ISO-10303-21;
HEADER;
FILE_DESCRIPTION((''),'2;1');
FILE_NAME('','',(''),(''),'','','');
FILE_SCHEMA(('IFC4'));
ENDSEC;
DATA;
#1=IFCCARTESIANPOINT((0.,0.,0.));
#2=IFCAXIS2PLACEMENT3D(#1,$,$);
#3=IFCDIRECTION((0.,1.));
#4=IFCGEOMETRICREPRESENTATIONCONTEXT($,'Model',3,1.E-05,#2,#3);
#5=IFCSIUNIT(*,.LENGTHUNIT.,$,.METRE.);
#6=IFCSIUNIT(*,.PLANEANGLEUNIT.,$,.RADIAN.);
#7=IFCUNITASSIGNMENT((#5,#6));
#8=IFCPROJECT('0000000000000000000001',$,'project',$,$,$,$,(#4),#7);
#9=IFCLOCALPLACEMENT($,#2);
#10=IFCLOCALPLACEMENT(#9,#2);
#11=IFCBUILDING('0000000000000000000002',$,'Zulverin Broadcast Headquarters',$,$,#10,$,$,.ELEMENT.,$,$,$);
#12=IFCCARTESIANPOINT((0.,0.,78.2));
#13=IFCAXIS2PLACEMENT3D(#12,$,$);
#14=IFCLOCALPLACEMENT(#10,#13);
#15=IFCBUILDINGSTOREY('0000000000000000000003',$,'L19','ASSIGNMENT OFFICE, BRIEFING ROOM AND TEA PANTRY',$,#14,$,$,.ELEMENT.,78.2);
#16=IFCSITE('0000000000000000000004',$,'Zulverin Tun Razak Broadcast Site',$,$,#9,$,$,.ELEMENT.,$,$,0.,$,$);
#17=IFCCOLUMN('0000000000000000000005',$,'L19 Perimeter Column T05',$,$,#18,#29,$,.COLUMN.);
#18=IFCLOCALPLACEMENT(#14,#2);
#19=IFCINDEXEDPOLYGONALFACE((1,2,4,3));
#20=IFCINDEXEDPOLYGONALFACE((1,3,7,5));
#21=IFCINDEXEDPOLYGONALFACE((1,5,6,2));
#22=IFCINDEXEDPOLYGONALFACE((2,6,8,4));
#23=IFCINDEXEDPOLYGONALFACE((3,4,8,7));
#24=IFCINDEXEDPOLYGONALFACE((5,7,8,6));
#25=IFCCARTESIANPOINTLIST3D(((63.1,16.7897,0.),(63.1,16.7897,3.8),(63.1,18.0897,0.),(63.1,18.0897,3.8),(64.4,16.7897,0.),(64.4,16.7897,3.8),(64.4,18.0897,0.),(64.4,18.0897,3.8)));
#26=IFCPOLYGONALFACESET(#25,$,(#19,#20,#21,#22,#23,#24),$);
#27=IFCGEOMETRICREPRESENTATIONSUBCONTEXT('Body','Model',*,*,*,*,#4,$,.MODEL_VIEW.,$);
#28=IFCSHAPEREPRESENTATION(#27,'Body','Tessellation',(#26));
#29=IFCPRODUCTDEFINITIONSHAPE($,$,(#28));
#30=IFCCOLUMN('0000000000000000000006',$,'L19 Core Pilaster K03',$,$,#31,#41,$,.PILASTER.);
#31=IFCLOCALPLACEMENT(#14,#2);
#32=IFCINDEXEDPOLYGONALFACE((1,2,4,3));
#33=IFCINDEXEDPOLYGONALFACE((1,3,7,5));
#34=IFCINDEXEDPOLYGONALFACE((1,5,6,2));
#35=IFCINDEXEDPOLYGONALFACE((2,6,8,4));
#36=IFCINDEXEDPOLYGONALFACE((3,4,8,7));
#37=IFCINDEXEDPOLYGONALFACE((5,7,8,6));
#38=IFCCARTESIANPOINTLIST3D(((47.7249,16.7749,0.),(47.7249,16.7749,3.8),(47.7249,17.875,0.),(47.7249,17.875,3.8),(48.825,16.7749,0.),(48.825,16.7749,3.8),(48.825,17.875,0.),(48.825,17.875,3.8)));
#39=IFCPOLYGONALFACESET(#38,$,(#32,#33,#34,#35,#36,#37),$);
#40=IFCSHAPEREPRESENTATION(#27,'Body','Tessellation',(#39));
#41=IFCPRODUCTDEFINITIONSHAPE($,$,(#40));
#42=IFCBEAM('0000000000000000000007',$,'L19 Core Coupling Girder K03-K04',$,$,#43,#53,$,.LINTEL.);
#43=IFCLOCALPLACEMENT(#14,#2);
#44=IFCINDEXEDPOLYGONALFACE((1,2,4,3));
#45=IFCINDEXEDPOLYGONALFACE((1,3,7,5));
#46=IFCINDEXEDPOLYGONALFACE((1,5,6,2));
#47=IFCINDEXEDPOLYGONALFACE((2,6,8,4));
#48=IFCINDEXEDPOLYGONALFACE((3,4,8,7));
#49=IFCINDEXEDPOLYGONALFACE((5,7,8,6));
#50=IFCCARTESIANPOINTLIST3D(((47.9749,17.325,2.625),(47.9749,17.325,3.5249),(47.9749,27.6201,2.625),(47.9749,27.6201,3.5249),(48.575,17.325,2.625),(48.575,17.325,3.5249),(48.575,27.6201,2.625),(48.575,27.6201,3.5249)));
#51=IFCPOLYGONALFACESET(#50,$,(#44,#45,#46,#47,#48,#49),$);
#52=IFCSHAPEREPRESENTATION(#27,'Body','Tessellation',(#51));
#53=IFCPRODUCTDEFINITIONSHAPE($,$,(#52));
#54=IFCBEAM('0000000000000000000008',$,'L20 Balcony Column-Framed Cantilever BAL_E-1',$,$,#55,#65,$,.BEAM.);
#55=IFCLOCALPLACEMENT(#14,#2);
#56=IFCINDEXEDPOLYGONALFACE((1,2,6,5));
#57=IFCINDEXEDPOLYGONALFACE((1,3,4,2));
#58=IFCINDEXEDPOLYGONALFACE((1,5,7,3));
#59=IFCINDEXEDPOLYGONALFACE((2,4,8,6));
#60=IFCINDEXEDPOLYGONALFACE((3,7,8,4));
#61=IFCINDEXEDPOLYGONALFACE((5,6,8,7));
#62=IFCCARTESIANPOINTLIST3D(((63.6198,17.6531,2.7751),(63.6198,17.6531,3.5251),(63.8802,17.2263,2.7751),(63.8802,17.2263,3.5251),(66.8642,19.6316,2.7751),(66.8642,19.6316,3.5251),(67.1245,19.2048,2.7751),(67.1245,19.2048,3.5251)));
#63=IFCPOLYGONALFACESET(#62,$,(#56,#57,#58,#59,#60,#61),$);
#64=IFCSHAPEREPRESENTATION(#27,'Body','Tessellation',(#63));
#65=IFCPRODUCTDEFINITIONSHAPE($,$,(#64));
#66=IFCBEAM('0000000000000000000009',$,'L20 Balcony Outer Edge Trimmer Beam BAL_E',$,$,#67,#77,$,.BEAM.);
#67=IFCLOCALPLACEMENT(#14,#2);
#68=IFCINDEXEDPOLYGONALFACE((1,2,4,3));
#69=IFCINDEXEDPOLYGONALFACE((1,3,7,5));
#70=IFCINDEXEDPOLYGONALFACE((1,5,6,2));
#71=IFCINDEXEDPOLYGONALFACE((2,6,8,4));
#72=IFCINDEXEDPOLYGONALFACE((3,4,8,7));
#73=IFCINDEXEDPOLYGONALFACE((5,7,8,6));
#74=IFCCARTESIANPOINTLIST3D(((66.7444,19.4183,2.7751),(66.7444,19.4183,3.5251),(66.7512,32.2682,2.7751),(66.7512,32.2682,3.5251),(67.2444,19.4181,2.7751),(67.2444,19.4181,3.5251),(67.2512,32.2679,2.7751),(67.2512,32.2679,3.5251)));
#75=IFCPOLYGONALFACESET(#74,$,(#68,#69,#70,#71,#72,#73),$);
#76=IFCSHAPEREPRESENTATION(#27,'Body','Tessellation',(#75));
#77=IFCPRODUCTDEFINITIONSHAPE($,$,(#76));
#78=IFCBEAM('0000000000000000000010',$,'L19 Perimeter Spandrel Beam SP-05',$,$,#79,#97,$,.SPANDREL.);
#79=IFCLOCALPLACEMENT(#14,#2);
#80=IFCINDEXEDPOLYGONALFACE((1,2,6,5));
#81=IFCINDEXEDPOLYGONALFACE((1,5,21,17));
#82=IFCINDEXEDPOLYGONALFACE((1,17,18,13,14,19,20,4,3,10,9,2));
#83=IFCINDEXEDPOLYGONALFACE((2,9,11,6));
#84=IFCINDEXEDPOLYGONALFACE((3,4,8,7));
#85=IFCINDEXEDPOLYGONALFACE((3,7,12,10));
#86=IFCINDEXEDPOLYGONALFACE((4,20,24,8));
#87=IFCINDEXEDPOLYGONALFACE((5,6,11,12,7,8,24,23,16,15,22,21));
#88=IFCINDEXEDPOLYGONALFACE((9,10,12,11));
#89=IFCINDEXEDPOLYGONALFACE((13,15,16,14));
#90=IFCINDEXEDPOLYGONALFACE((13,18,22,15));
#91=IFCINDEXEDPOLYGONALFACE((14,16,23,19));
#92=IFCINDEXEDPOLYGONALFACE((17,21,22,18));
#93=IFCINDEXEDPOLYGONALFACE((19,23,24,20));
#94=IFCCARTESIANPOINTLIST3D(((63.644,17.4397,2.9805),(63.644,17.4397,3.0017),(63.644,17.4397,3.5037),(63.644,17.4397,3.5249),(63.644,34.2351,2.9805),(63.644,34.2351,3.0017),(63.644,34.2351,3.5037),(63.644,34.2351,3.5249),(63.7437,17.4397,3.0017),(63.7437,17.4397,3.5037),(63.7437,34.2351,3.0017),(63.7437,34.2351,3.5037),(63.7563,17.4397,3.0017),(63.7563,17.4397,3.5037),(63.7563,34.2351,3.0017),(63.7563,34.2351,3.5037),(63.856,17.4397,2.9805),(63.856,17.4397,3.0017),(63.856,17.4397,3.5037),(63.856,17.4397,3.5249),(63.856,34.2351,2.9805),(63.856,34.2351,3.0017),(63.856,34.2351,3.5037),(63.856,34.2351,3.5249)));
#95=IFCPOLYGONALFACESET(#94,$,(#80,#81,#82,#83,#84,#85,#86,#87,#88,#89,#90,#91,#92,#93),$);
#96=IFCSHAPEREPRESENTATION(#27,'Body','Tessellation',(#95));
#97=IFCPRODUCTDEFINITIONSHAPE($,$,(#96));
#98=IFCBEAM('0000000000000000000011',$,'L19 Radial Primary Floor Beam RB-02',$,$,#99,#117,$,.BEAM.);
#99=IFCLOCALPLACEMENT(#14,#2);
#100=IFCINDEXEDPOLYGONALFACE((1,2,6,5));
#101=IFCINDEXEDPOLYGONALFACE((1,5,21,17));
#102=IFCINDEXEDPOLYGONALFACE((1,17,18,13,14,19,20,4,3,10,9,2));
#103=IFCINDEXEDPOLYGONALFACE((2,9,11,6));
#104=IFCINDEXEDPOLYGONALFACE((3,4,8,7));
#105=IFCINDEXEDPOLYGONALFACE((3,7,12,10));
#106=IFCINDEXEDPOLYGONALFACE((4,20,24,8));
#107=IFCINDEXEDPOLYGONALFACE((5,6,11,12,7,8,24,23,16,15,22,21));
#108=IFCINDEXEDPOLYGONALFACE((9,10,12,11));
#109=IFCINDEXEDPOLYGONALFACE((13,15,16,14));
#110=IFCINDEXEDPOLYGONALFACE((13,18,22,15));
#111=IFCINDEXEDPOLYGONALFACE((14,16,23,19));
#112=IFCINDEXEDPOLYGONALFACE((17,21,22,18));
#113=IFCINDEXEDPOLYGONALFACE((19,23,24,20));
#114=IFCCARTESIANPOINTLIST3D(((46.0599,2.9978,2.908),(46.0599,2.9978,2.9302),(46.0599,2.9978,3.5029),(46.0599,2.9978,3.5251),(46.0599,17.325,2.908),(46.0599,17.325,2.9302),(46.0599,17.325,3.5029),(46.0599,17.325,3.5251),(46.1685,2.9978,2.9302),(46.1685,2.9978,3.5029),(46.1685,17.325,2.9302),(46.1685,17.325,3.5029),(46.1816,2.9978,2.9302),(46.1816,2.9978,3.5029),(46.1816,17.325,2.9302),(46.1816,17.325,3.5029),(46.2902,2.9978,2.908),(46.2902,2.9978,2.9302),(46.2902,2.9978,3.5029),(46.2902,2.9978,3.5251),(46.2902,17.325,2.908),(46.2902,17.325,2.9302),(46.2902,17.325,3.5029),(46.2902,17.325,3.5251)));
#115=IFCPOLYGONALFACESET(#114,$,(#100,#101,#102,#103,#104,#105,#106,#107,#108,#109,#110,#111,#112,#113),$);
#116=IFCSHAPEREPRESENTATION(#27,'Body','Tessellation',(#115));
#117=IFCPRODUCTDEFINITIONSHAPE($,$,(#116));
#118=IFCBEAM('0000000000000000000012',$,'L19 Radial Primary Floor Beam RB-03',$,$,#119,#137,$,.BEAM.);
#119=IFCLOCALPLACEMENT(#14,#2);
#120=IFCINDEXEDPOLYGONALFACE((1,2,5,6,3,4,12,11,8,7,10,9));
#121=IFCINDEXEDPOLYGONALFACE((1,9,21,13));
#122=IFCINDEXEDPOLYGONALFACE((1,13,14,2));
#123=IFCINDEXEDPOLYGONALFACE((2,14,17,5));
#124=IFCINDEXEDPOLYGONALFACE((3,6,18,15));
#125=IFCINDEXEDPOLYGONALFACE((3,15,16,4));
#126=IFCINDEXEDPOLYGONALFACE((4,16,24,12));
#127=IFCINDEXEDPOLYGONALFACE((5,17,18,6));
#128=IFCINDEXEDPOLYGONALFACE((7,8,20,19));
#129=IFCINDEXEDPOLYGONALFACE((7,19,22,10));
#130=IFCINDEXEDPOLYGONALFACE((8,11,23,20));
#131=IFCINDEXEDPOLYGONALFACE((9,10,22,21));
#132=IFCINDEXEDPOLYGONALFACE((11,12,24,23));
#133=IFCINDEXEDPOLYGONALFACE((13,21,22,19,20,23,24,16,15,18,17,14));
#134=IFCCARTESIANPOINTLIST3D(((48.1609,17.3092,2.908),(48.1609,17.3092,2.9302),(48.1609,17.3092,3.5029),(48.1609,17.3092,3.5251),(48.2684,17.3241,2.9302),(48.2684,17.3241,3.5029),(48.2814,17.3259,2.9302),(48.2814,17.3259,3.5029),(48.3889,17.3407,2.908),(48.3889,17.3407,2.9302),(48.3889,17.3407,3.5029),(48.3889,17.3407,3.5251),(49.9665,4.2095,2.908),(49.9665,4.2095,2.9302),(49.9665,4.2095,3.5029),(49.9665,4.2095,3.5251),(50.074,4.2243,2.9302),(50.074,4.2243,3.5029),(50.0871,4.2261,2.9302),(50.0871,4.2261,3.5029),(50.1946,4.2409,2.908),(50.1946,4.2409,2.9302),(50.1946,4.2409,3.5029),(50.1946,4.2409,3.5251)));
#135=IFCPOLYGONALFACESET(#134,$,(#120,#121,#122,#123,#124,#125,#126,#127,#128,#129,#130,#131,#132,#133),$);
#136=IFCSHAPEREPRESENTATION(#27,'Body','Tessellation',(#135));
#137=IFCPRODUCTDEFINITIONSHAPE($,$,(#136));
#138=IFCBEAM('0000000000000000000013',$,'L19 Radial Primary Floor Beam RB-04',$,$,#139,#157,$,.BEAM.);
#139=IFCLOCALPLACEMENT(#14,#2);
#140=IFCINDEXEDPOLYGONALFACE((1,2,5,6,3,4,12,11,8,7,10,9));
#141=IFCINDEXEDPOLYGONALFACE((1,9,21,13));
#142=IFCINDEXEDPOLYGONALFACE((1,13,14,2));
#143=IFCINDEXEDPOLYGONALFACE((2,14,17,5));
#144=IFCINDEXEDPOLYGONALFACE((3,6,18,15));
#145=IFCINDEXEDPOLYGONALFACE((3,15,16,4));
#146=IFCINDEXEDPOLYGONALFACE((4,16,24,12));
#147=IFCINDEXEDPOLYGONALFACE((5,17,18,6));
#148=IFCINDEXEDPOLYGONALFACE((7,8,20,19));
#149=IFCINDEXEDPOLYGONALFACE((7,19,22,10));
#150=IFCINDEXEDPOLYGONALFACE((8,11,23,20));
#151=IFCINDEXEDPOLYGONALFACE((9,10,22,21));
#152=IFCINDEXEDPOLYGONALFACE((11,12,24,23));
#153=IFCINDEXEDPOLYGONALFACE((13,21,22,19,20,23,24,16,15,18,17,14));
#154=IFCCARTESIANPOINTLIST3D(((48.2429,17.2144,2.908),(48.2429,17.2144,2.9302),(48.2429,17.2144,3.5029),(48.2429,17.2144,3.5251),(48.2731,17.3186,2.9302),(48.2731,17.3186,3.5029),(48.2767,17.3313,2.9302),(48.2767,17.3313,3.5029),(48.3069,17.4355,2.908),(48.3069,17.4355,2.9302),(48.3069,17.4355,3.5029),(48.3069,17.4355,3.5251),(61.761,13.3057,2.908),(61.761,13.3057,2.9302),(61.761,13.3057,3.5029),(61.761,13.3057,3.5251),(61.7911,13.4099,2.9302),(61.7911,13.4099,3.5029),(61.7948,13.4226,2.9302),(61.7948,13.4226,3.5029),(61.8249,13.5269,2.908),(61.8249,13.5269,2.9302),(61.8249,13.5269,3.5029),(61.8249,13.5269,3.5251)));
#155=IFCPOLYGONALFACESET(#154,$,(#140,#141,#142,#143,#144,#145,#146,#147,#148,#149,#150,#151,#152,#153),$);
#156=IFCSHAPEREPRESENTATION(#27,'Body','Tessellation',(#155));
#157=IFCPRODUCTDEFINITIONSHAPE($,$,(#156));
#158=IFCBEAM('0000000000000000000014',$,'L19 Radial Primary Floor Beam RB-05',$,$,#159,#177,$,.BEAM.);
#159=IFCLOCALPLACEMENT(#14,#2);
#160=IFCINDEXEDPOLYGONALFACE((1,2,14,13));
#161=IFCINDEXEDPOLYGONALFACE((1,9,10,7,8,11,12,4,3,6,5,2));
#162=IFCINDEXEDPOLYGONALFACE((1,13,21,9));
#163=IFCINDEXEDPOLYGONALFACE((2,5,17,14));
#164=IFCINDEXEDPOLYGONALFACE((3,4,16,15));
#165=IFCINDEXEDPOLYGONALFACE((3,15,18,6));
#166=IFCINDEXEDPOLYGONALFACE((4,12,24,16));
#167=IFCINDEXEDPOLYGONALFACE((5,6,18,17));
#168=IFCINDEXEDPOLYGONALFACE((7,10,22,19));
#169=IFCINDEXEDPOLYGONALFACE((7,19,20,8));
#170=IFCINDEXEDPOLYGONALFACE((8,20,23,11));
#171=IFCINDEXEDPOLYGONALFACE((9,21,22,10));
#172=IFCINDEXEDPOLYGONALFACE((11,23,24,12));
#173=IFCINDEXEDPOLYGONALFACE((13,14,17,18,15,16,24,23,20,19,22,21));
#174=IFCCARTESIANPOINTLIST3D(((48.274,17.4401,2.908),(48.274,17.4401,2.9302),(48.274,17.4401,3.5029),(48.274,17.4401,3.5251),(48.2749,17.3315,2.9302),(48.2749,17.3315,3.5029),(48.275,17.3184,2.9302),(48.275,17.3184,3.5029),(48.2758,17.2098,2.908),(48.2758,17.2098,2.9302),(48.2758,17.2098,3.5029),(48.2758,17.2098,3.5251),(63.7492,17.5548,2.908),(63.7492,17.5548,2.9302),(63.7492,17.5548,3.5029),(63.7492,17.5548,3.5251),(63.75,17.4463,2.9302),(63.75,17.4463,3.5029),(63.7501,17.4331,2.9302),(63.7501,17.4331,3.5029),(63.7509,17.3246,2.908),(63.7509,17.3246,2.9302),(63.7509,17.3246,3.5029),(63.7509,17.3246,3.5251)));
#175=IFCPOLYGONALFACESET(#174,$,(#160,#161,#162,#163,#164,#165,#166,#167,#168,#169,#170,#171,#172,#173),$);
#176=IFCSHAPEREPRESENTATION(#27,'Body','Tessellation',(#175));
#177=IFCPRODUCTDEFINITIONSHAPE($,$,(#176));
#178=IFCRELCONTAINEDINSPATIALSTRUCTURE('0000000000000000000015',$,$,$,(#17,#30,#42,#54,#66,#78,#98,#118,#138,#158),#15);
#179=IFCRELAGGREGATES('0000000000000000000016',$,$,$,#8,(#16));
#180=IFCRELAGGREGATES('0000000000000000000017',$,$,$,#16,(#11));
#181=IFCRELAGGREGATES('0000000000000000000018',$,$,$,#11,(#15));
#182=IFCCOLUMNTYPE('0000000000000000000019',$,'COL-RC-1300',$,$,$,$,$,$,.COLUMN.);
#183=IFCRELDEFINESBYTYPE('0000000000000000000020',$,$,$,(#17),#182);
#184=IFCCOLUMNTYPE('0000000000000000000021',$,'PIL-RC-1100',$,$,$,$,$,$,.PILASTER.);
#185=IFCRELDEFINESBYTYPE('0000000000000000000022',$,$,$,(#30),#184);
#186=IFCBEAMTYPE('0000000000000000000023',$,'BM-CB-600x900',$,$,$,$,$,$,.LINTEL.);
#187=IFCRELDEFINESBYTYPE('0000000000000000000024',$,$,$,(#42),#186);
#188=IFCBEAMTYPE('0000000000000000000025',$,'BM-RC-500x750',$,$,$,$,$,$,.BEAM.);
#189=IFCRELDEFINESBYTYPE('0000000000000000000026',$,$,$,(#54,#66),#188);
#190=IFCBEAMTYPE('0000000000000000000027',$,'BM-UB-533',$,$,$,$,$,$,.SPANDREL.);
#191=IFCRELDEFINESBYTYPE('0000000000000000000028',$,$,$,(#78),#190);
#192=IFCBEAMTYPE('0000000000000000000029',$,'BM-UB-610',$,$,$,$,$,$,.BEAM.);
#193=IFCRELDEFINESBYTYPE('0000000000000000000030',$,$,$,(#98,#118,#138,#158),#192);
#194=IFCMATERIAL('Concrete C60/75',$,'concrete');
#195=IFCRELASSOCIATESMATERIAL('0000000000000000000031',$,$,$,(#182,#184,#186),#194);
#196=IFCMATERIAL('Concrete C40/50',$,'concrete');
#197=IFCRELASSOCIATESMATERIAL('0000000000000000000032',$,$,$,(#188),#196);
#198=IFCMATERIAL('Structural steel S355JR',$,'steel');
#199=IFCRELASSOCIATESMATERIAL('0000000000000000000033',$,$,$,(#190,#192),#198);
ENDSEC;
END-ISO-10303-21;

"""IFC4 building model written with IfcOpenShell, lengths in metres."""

from ifc_helpers import new_model, si_unit, direction, frame, origin, origin_2d, place, context, subcontext, project, spatial, rectangle, i_section, extrude, material, material_profile, profile_set, type_object, element, save


model = new_model("IFC4")

# Units and contexts
model_context = context("Model", 3, precision=1e-05, world=origin(), true_north=direction((0.0, 1.0)))
body_context = subcontext(model_context, "Body", "Model", "MODEL_VIEW")
ifc_project = project(units=[si_unit("LENGTHUNIT", "METRE"), si_unit("PLANEANGLEUNIT", "RADIAN")], contexts=[model_context])

# Site, building, storey
site_placement = place(None, origin())
site = spatial("IfcSite", under=ifc_project, at=site_placement, Name="Zulverin Tun Razak Broadcast Site", CompositionType="ELEMENT", RefElevation=0.0)
building_placement = place(site_placement, origin())
building = spatial("IfcBuilding", under=site, at=building_placement, Name="Zulverin Broadcast Headquarters", CompositionType="ELEMENT")
storey_placement = place(building_placement, frame((0.0, 0.0, 78.2)))
storey = spatial("IfcBuildingStorey", under=building, at=storey_placement, Name="L19", Description="ASSIGNMENT OFFICE, BRIEFING ROOM AND TEA PANTRY", CompositionType="ELEMENT", Elevation=78.2)

# Columns
ifc_material_1 = material(Name="Concrete C60/75", Category="concrete")
ifc_material_profile_1 = material_profile(ifc_material_1, rectangle(XDim=1.3, YDim=1.3, at=origin_2d()), Name="Concrete C60/75", Category="concrete")
ifc_profile_set_1 = profile_set([ifc_material_profile_1], Name="Concrete C60/75")
column_type_1 = type_object("IfcColumnType", Name="COL-RC-1300", PredefinedType="COLUMN", material=ifc_profile_set_1)
column_1_placement = place(storey_placement, frame((63.75, 17.4397, 0.0), z_axis=(0.0, 0.0, 1.0), x_axis=(1.0, 0.0, 0.0)))
element("IfcColumn", 1, at=column_1_placement, inside=storey, type_object=column_type_1, Name="L19 Perimeter Column T05", PredefinedType="COLUMN", context=body_context, shape_type="SweptSolid", body=[
    extrude(rectangle(XDim=1.3, YDim=1.3, at=origin_2d()), origin(), (0.0, 0.0, 1.0), 3.8),
])
ifc_material_profile_2 = material_profile(ifc_material_1, rectangle(XDim=1.1001, YDim=1.1001, at=origin_2d()), Name="Concrete C60/75", Category="concrete")
ifc_profile_set_2 = profile_set([ifc_material_profile_2], Name="Concrete C60/75")
column_type_2 = type_object("IfcColumnType", Name="PIL-RC-1100", PredefinedType="PILASTER", material=ifc_profile_set_2)
column_2_placement = place(storey_placement, frame((48.2749, 17.325, 0.0), z_axis=(0.0, 0.0, 1.0), x_axis=(1.0, 0.0, 0.0)))
element("IfcColumn", 2, at=column_2_placement, inside=storey, type_object=column_type_2, Name="L19 Core Pilaster K03", PredefinedType="PILASTER", context=body_context, shape_type="SweptSolid", body=[
    extrude(rectangle(XDim=1.1001, YDim=1.1001, at=origin_2d()), origin(), (0.0, 0.0, 1.0), 3.8),
])

# Beams
ifc_material_profile_3 = material_profile(ifc_material_1, rectangle(XDim=0.6001, YDim=0.8999, at=origin_2d()), Name="Concrete C60/75", Category="concrete")
ifc_profile_set_3 = profile_set([ifc_material_profile_3], Name="Concrete C60/75")
beam_type_1 = type_object("IfcBeamType", Name="BM-CB-600x900", PredefinedType="LINTEL", material=ifc_profile_set_3)
beam_1_placement = place(storey_placement, frame((48.2749, 17.325, 3.075), z_axis=(0.0, 1.0, 0.0), x_axis=(-1.0, 0.0, 0.0)))
element("IfcBeam", 3, at=beam_1_placement, inside=storey, type_object=beam_type_1, Name="L19 Core Coupling Girder K03-K04", PredefinedType="LINTEL", context=body_context, shape_type="SweptSolid", body=[
    extrude(rectangle(XDim=0.6001, YDim=0.8999, at=origin_2d()), origin(), (0.0, 0.0, 1.0), 10.2952),
])
ifc_material_2 = material(Name="Concrete C40/50", Category="concrete")
ifc_material_profile_4 = material_profile(ifc_material_2, rectangle(XDim=0.5, YDim=0.75, at=origin_2d()), Name="Concrete C40/50", Category="concrete")
ifc_profile_set_4 = profile_set([ifc_material_profile_4], Name="Concrete C40/50")
beam_type_2 = type_object("IfcBeamType", Name="BM-RC-500x750", PredefinedType="BEAM", material=ifc_profile_set_4)
beam_2_placement = place(storey_placement, frame((63.75, 17.4397, 3.1501), z_axis=(0.853769, 0.520652, 0.0), x_axis=(-0.520652, 0.853769, 0.0)))
element("IfcBeam", 4, at=beam_2_placement, inside=storey, type_object=beam_type_2, Name="L20 Balcony Column-Framed Cantilever BAL_E-1", PredefinedType="BEAM", context=body_context, shape_type="SweptSolid", body=[
    extrude(rectangle(XDim=0.5, YDim=0.75, at=origin_2d()), origin(), (0.0, 0.0, 1.0), 3.8),
])
beam_3_placement = place(storey_placement, frame((66.9944, 19.4182, 3.1501), z_axis=(0.000532, 1.0, 0.0), x_axis=(-1.0, 0.000532, 0.0)))
element("IfcBeam", 5, at=beam_3_placement, inside=storey, type_object=beam_type_2, Name="L20 Balcony Outer Edge Trimmer Beam BAL_E", PredefinedType="BEAM", context=body_context, shape_type="SweptSolid", body=[
    extrude(rectangle(XDim=0.5, YDim=0.75, at=origin_2d()), origin(), (0.0, 0.0, 1.0), 12.8499),
])
ifc_material_3 = material(Name="Structural steel S355JR", Category="steel")
ifc_material_profile_5 = material_profile(ifc_material_3, i_section(OverallWidth=0.2119, OverallDepth=0.5444, WebThickness=0.0127, FlangeThickness=0.0212, at=origin_2d()), Name="Structural steel S355JR", Category="steel")
ifc_profile_set_5 = profile_set([ifc_material_profile_5], Name="Structural steel S355JR")
beam_type_3 = type_object("IfcBeamType", Name="BM-UB-533", PredefinedType="SPANDREL", material=ifc_profile_set_5)
beam_4_placement = place(storey_placement, frame((63.75, 17.4397, 3.2527), z_axis=(0.0, 1.0, 0.0), x_axis=(-1.0, 0.0, 0.0)))
element("IfcBeam", 6, at=beam_4_placement, inside=storey, type_object=beam_type_3, Name="L19 Perimeter Spandrel Beam SP-05", PredefinedType="SPANDREL", context=body_context, shape_type="SweptSolid", body=[
    extrude(i_section(OverallWidth=0.2119, OverallDepth=0.5444, WebThickness=0.0127, FlangeThickness=0.0212, at=origin_2d()), origin(), (0.0, 0.0, 1.0), 16.7954),
])
ifc_material_profile_6 = material_profile(ifc_material_3, i_section(OverallWidth=0.2302, OverallDepth=0.6172, WebThickness=0.0132, FlangeThickness=0.0222, at=origin_2d()), Name="Structural steel S355JR", Category="steel")
ifc_profile_set_6 = profile_set([ifc_material_profile_6], Name="Structural steel S355JR")
beam_type_4 = type_object("IfcBeamType", Name="BM-UB-610", PredefinedType="BEAM", material=ifc_profile_set_6)
beam_5_placement = place(storey_placement, frame((46.175, 17.325, 3.2166), z_axis=(0.0, -1.0, 0.0), x_axis=(1.0, 0.0, 0.0)))
element("IfcBeam", 7, at=beam_5_placement, inside=storey, type_object=beam_type_4, Name="L19 Radial Primary Floor Beam RB-02", PredefinedType="BEAM", context=body_context, shape_type="SweptSolid", body=[
    extrude(i_section(OverallWidth=0.2302, OverallDepth=0.6172, WebThickness=0.0132, FlangeThickness=0.0222, at=origin_2d()), origin(), (0.0, 0.0, 1.0), 14.3271),
])
beam_6_placement = place(storey_placement, frame((48.2749, 17.325, 3.2166), z_axis=(0.136547, -0.990634, 0.0), x_axis=(0.990634, 0.136547, 0.0)))
element("IfcBeam", 8, at=beam_6_placement, inside=storey, type_object=beam_type_4, Name="L19 Radial Primary Floor Beam RB-03", PredefinedType="BEAM", context=body_context, shape_type="SweptSolid", body=[
    extrude(i_section(OverallWidth=0.2302, OverallDepth=0.6172, WebThickness=0.0132, FlangeThickness=0.0222, at=origin_2d()), origin(), (0.0, 0.0, 1.0), 13.2236),
])
beam_7_placement = place(storey_placement, frame((48.2749, 17.325, 3.2166), z_axis=(0.960648, -0.277767, 0.0), x_axis=(0.277767, 0.960648, 0.0)))
element("IfcBeam", 9, at=beam_7_placement, inside=storey, type_object=beam_type_4, Name="L19 Radial Primary Floor Beam RB-04", PredefinedType="BEAM", context=body_context, shape_type="SweptSolid", body=[
    extrude(i_section(OverallWidth=0.2302, OverallDepth=0.6172, WebThickness=0.0132, FlangeThickness=0.0222, at=origin_2d()), origin(), (0.0, 0.0, 1.0), 14.0718),
])
beam_8_placement = place(storey_placement, frame((48.2749, 17.325, 3.2166), z_axis=(0.999973, 0.007415, 0.0), x_axis=(-0.007415, 0.999973, 0.0)))
element("IfcBeam", 10, at=beam_8_placement, inside=storey, type_object=beam_type_4, Name="L19 Radial Primary Floor Beam RB-05", PredefinedType="BEAM", context=body_context, shape_type="SweptSolid", body=[
    extrude(i_section(OverallWidth=0.2302, OverallDepth=0.6172, WebThickness=0.0132, FlangeThickness=0.0222, at=origin_2d()), origin(), (0.0, 0.0, 1.0), 15.4756),
])

save(model, "model.ifc")
